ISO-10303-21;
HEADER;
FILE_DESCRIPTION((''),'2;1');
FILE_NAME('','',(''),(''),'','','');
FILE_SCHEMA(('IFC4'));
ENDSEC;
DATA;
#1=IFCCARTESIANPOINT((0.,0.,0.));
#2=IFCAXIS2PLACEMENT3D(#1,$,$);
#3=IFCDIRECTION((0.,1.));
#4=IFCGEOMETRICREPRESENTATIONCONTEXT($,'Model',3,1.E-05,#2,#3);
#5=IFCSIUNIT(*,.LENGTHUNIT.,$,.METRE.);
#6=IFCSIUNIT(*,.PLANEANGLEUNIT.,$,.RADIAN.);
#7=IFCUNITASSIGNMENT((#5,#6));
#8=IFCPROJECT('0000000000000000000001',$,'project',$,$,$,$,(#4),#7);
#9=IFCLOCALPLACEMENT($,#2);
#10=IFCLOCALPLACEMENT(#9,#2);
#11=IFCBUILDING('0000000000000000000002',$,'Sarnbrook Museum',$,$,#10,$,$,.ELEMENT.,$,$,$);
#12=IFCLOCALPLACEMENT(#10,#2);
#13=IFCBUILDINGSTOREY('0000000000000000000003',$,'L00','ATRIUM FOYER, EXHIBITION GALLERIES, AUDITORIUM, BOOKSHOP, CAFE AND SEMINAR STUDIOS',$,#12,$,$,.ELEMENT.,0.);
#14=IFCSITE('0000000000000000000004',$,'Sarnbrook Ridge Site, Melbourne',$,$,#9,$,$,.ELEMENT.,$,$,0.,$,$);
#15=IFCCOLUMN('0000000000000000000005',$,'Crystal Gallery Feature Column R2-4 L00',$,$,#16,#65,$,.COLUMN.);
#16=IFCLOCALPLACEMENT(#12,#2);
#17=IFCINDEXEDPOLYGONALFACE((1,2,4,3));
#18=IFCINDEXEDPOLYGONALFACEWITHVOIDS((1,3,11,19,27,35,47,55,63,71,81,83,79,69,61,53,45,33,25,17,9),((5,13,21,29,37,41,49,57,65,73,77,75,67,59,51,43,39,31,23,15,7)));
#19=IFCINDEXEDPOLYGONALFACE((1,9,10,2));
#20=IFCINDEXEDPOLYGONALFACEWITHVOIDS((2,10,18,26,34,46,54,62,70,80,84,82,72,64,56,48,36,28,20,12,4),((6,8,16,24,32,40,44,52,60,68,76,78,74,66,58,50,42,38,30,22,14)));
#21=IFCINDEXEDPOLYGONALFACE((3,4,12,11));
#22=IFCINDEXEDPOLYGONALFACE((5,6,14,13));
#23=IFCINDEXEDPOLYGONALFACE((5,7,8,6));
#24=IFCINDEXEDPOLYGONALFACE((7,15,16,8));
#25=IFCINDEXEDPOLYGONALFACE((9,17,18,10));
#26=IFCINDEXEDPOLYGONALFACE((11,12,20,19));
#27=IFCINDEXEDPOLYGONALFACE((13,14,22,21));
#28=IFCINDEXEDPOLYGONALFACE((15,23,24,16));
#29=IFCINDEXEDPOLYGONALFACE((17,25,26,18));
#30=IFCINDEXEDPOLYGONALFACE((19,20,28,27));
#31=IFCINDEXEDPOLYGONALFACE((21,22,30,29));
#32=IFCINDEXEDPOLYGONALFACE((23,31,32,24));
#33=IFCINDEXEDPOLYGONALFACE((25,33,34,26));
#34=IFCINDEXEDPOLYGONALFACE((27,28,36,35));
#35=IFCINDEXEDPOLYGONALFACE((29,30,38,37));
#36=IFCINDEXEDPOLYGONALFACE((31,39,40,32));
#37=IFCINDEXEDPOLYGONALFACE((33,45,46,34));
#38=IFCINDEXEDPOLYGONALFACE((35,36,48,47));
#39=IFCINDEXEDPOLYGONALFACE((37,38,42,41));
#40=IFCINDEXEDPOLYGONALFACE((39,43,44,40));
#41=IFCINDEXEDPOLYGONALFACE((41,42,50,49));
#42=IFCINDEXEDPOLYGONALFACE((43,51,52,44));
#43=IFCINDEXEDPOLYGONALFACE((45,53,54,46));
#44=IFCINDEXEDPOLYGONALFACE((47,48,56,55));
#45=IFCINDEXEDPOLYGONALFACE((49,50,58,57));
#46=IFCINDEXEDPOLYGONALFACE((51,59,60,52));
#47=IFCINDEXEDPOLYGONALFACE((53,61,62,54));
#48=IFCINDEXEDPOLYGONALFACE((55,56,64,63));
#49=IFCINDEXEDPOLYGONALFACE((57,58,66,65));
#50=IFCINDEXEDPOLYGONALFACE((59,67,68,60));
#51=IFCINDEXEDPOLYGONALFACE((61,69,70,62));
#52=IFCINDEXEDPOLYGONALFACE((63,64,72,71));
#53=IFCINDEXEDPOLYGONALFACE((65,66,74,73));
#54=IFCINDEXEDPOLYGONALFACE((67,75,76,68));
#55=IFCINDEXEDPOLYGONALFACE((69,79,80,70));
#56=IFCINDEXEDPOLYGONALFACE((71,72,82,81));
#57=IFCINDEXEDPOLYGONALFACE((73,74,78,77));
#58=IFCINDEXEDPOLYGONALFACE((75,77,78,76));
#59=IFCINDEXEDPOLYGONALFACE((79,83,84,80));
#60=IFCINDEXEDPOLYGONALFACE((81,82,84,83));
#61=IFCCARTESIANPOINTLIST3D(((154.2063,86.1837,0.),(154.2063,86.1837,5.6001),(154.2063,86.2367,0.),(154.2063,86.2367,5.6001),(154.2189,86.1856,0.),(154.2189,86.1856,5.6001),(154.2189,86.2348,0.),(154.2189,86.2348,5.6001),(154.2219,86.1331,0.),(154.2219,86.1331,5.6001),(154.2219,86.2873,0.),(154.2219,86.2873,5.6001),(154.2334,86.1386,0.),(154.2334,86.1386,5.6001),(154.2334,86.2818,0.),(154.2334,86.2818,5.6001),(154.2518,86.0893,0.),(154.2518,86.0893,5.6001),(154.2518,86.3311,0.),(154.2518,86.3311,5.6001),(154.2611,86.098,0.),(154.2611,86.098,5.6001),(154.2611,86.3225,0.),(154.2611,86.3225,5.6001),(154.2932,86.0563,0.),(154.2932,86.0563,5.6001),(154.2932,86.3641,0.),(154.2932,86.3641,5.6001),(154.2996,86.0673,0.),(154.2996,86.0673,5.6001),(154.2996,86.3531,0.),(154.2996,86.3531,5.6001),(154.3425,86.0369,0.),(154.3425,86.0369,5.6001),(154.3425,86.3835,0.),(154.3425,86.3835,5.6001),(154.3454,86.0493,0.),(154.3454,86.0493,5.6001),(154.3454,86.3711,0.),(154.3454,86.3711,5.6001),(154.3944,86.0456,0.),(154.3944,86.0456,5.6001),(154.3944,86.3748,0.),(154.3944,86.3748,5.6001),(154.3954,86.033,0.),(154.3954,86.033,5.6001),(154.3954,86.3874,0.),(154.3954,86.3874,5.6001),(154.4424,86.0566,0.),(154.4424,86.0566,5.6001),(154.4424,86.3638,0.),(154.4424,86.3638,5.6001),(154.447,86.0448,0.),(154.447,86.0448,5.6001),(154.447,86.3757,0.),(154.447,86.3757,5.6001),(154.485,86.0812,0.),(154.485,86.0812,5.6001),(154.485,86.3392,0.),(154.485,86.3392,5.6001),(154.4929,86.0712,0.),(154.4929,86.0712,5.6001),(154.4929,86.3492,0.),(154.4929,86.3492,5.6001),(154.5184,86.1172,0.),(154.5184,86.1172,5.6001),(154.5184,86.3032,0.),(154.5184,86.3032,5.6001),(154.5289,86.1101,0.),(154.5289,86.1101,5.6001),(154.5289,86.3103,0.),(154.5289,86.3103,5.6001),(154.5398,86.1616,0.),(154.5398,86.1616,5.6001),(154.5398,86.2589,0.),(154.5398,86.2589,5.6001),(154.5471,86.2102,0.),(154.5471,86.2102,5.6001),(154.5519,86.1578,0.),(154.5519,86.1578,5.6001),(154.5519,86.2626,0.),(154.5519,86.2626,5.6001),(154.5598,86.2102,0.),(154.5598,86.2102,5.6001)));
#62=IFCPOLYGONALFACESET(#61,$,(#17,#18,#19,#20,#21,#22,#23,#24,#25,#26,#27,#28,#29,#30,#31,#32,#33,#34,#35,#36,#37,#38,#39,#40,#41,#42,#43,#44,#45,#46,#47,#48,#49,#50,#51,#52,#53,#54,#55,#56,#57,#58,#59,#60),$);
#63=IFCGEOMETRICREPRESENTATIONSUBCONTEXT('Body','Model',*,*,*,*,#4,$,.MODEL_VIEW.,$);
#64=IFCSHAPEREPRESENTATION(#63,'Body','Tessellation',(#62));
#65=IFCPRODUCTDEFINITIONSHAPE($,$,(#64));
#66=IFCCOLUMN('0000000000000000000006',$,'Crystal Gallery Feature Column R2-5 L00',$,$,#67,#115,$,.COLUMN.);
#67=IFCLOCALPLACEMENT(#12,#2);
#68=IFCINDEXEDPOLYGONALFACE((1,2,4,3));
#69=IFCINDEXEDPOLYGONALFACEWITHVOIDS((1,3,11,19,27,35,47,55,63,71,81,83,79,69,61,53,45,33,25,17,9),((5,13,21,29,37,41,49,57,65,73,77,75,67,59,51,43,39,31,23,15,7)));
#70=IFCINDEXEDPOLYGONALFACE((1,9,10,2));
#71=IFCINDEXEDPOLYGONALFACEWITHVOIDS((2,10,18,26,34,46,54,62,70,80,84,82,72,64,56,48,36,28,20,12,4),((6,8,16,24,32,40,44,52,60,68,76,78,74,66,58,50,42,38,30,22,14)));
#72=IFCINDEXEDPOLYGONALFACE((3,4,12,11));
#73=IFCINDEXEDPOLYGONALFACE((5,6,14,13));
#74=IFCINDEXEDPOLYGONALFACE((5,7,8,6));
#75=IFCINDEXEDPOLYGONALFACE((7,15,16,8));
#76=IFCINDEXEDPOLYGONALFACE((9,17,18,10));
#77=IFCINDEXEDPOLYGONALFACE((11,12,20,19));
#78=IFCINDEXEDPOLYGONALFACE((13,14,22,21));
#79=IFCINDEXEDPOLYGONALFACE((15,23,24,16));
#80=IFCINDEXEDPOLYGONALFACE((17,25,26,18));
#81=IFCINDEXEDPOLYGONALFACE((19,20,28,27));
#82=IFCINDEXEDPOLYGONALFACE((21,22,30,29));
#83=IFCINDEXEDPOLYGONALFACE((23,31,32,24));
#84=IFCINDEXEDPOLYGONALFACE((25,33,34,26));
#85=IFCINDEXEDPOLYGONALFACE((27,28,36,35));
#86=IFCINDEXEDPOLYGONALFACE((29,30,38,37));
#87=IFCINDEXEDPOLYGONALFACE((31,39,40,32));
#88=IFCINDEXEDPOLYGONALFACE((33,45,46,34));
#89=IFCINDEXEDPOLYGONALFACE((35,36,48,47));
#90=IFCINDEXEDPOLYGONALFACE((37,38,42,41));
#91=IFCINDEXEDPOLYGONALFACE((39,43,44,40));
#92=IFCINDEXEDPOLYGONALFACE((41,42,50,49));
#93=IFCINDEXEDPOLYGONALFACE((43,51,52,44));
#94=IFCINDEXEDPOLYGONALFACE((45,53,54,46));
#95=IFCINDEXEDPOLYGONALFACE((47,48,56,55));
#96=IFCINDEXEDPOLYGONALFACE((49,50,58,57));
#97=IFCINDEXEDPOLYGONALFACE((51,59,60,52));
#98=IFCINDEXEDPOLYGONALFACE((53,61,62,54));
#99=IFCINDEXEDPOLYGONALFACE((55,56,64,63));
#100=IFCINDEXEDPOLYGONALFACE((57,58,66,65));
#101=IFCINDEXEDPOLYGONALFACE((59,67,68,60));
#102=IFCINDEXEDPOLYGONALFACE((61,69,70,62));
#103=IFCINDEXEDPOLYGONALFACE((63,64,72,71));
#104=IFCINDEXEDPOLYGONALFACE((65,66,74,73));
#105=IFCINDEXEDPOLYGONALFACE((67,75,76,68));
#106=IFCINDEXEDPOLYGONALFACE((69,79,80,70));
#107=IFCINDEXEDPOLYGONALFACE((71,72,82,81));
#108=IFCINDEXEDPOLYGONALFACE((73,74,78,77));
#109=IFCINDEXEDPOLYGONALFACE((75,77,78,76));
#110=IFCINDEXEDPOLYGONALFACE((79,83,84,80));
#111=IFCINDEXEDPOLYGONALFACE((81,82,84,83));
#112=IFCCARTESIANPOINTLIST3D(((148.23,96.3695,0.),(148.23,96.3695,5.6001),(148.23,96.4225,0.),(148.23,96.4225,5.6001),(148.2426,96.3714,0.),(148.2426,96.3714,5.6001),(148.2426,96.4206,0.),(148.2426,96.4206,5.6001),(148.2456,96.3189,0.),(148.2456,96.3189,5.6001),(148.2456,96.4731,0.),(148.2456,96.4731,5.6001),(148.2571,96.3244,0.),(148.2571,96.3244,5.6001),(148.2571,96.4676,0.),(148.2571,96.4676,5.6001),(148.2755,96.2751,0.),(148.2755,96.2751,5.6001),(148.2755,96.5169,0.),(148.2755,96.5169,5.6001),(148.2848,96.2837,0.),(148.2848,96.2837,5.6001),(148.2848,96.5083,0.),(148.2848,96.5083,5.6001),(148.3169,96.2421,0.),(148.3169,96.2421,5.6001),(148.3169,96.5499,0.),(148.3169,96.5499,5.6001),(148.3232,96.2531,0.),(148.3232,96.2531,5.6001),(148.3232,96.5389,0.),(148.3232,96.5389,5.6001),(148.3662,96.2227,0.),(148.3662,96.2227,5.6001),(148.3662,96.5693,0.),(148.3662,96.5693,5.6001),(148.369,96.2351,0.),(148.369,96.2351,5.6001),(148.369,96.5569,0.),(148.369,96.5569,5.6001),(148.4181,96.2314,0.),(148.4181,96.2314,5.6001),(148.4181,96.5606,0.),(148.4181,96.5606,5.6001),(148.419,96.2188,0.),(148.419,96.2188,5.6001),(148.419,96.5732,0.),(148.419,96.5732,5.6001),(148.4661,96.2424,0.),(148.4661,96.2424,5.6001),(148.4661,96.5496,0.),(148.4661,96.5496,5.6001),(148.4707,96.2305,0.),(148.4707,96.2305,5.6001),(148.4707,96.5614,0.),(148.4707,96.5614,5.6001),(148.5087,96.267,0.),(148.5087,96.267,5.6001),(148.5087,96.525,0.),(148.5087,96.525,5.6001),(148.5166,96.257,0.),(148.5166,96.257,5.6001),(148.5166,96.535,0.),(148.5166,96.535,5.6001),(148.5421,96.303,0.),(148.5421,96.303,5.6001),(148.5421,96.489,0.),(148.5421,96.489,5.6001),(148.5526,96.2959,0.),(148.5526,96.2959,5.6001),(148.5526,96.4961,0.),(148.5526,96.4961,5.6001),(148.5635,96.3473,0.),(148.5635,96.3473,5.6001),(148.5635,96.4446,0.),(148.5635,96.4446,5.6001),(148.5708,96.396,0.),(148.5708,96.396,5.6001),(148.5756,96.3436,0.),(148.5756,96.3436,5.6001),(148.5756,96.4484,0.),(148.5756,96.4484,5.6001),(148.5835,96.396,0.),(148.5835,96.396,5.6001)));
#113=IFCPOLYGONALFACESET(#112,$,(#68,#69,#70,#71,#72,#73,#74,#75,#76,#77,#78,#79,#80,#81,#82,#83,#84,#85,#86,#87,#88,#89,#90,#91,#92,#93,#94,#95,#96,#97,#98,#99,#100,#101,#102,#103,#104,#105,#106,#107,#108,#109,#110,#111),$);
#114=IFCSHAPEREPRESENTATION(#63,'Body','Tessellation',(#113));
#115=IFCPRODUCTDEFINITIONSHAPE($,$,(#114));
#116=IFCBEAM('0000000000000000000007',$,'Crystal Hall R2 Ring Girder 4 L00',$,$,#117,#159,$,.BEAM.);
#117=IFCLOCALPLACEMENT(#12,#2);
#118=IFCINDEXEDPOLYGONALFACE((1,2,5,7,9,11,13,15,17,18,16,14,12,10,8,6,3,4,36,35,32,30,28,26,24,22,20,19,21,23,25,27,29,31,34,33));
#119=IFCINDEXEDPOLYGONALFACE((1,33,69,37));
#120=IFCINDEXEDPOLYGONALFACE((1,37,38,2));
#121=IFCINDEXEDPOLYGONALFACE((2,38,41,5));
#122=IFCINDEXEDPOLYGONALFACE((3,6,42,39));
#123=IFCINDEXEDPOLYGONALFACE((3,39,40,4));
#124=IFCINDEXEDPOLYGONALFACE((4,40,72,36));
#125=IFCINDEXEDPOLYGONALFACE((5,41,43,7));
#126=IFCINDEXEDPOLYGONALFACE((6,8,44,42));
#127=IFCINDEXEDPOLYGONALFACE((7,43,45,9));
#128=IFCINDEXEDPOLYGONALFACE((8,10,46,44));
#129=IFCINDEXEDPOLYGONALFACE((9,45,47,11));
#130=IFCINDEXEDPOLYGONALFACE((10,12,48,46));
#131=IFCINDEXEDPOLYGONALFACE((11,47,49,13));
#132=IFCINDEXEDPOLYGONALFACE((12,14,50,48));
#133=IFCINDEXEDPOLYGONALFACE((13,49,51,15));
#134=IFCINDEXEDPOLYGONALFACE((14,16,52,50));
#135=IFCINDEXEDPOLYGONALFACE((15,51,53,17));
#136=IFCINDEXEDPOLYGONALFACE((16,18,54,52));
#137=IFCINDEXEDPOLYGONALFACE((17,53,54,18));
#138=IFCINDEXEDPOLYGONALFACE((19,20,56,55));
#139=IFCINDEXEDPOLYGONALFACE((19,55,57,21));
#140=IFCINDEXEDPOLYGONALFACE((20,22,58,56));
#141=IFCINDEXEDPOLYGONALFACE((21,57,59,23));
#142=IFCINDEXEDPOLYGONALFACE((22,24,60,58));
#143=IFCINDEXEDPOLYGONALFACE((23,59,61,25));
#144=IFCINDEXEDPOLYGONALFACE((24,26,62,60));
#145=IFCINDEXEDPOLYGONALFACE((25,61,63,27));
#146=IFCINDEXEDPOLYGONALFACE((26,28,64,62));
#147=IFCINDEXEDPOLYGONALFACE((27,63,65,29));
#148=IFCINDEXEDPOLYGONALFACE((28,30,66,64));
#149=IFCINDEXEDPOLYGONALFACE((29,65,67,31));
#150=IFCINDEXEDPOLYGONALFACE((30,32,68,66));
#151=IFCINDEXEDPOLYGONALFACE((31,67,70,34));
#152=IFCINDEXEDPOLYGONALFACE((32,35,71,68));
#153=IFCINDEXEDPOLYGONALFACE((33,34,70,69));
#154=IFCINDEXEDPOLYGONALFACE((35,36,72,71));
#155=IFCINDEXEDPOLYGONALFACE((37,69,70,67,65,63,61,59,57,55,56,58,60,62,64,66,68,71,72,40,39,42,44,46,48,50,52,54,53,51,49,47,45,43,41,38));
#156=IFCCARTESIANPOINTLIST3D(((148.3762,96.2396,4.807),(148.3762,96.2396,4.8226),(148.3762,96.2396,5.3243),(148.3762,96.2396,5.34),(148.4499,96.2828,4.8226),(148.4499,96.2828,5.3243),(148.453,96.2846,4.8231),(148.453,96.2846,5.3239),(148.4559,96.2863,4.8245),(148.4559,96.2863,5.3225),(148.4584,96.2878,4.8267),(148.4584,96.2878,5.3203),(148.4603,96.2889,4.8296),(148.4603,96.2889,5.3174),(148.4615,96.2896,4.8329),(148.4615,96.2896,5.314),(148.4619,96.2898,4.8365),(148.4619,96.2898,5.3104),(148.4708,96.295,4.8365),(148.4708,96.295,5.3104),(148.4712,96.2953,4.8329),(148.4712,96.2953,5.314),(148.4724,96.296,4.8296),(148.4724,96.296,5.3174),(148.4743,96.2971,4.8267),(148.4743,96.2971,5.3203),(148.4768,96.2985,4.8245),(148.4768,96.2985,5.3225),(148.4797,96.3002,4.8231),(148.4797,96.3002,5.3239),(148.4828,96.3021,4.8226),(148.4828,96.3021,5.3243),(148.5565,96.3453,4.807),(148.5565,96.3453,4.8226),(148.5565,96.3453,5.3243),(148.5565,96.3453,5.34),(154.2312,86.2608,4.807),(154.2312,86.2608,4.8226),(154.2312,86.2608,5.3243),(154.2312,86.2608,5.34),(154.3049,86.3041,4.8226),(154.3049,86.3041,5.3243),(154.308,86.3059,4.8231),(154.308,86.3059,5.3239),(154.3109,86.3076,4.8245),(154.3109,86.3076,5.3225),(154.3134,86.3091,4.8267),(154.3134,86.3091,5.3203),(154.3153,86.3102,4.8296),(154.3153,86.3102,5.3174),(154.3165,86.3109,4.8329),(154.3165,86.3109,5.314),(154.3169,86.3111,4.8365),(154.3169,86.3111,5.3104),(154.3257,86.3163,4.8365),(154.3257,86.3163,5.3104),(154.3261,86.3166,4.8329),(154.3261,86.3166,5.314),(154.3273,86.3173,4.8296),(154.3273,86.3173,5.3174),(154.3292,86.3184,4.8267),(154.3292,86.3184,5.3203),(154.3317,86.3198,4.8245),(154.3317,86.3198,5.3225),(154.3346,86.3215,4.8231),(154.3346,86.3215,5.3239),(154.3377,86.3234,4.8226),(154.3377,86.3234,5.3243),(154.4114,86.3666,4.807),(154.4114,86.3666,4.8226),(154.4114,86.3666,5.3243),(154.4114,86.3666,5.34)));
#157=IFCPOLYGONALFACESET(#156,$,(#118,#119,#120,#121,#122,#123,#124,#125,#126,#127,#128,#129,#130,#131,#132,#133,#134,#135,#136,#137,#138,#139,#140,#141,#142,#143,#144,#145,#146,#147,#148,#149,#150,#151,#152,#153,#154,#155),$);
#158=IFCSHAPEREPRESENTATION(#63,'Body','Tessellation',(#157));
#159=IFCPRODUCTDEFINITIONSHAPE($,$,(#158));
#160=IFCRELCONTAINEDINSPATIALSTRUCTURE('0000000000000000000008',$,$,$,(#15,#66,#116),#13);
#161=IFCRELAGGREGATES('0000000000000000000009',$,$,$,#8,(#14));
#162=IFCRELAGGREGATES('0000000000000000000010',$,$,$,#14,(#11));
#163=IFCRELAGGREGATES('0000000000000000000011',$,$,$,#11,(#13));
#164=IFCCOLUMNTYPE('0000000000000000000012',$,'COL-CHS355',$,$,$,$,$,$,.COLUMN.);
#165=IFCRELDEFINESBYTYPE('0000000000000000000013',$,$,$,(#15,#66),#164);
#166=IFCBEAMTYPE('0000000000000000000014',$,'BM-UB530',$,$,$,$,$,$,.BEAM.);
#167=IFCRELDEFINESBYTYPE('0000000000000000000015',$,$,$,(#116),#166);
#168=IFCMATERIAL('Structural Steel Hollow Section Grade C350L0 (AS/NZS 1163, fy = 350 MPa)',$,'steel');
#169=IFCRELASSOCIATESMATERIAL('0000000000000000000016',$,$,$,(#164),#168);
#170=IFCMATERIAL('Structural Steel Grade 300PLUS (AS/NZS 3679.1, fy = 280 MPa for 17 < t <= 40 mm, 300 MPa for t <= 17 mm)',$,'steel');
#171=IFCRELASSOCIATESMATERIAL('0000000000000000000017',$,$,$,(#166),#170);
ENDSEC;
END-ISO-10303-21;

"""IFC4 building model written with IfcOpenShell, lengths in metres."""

from ifc_helpers import new_model, si_unit, direction, frame, origin, origin_2d, place, context, subcontext, project, spatial, hollow_circle, i_section, extrude, material, material_profile, profile_set, type_object, element, save


model = new_model("IFC4")

# Units and contexts
model_context = context("Model", 3, precision=1e-05, world=origin(), true_north=direction((0.0, 1.0)))
body_context = subcontext(model_context, "Body", "Model", "MODEL_VIEW")
ifc_project = project(units=[si_unit("LENGTHUNIT", "METRE"), si_unit("PLANEANGLEUNIT", "RADIAN")], contexts=[model_context])

# Site, building, storey
site_placement = place(None, origin())
site = spatial("IfcSite", under=ifc_project, at=site_placement, Name="Sarnbrook Ridge Site, Melbourne", CompositionType="ELEMENT", RefElevation=0.0)
building_placement = place(site_placement, origin())
building = spatial("IfcBuilding", under=site, at=building_placement, Name="Sarnbrook Museum", CompositionType="ELEMENT")
storey_placement = place(building_placement, origin())
storey = spatial("IfcBuildingStorey", under=building, at=storey_placement, Name="L00", Description="ATRIUM FOYER, EXHIBITION GALLERIES, AUDITORIUM, BOOKSHOP, CAFE AND SEMINAR STUDIOS", CompositionType="ELEMENT", Elevation=0.0)

# Columns
ifc_material_1 = material(Name="Structural Steel Hollow Section Grade C350L0 (AS/NZS 1163, fy = 350 MPa)", Category="steel")
ifc_material_profile_1 = material_profile(ifc_material_1, hollow_circle(Radius=0.1777, WallThickness=0.0127, at=origin_2d()), Name="355.6x12.7CHS")
ifc_profile_set_1 = profile_set([ifc_material_profile_1], Name="Structural Steel Hollow Section Grade C350L0 (AS/NZS 1163, fy = 350 MPa)")
column_type = type_object("IfcColumnType", Name="COL-CHS355", PredefinedType="COLUMN", material=ifc_profile_set_1)
for number, where, z_axis, x_axis, name in (
    (1, (154.3821, 86.2102, 0.0), (0.0, 0.0, 1.0), (1.0, 0.0, 0.0), "Crystal Gallery Feature Column R2-4 L00"),
    (2, (148.4058, 96.396, 0.0), (0.0, 0.0, 1.0), (1.0, 0.0, 0.0), "Crystal Gallery Feature Column R2-5 L00"),
):
    element("IfcColumn", number, at=place(storey_placement, frame(where, z_axis=z_axis, x_axis=x_axis)), inside=storey, type_object=column_type, Name=name, PredefinedType="COLUMN", context=body_context, shape_type="SweptSolid", body=[
        extrude(hollow_circle(Radius=0.1777, WallThickness=0.0127, at=origin_2d()), origin(), (0.0, 0.0, 1.0), 5.6001),
    ])

# Beam
ifc_material_2 = material(Name="Structural Steel Grade 300PLUS (AS/NZS 3679.1, fy = 280 MPa for 17 < t <= 40 mm, 300 MPa for t <= 17 mm)", Category="steel")
ifc_material_profile_2 = material_profile(ifc_material_2, i_section(OverallWidth=0.209, OverallDepth=0.533, WebThickness=0.0103, FlangeThickness=0.0156, FilletRadius=0.0139, at=origin_2d()), Name="530UB92.4")
ifc_profile_set_2 = profile_set([ifc_material_profile_2], Name="Structural Steel Grade 300PLUS (AS/NZS 3679.1, fy = 280 MPa for 17 < t <= 40 mm, 300 MPa for t <= 17 mm)")
beam_type_1 = type_object("IfcBeamType", Name="BM-UB530", PredefinedType="BEAM", material=ifc_profile_set_2)
beam_1_placement = place(storey_placement, frame((154.3213, 86.3137, 5.0735), z_axis=(-0.506064, 0.862496, 0.0), x_axis=(-0.862496, -0.506064, 0.0)))
element("IfcBeam", 3, at=beam_1_placement, inside=storey, type_object=beam_type_1, Name="Crystal Hall R2 Ring Girder 4 L00", PredefinedType="BEAM", context=body_context, shape_type="SweptSolid", body=[
    extrude(i_section(OverallWidth=0.209, OverallDepth=0.533, WebThickness=0.0103, FlangeThickness=0.0156, FilletRadius=0.0139, at=origin_2d()), origin(), (0.0, 0.0, 1.0), 11.5696),
])

save(model, "model.ifc")
